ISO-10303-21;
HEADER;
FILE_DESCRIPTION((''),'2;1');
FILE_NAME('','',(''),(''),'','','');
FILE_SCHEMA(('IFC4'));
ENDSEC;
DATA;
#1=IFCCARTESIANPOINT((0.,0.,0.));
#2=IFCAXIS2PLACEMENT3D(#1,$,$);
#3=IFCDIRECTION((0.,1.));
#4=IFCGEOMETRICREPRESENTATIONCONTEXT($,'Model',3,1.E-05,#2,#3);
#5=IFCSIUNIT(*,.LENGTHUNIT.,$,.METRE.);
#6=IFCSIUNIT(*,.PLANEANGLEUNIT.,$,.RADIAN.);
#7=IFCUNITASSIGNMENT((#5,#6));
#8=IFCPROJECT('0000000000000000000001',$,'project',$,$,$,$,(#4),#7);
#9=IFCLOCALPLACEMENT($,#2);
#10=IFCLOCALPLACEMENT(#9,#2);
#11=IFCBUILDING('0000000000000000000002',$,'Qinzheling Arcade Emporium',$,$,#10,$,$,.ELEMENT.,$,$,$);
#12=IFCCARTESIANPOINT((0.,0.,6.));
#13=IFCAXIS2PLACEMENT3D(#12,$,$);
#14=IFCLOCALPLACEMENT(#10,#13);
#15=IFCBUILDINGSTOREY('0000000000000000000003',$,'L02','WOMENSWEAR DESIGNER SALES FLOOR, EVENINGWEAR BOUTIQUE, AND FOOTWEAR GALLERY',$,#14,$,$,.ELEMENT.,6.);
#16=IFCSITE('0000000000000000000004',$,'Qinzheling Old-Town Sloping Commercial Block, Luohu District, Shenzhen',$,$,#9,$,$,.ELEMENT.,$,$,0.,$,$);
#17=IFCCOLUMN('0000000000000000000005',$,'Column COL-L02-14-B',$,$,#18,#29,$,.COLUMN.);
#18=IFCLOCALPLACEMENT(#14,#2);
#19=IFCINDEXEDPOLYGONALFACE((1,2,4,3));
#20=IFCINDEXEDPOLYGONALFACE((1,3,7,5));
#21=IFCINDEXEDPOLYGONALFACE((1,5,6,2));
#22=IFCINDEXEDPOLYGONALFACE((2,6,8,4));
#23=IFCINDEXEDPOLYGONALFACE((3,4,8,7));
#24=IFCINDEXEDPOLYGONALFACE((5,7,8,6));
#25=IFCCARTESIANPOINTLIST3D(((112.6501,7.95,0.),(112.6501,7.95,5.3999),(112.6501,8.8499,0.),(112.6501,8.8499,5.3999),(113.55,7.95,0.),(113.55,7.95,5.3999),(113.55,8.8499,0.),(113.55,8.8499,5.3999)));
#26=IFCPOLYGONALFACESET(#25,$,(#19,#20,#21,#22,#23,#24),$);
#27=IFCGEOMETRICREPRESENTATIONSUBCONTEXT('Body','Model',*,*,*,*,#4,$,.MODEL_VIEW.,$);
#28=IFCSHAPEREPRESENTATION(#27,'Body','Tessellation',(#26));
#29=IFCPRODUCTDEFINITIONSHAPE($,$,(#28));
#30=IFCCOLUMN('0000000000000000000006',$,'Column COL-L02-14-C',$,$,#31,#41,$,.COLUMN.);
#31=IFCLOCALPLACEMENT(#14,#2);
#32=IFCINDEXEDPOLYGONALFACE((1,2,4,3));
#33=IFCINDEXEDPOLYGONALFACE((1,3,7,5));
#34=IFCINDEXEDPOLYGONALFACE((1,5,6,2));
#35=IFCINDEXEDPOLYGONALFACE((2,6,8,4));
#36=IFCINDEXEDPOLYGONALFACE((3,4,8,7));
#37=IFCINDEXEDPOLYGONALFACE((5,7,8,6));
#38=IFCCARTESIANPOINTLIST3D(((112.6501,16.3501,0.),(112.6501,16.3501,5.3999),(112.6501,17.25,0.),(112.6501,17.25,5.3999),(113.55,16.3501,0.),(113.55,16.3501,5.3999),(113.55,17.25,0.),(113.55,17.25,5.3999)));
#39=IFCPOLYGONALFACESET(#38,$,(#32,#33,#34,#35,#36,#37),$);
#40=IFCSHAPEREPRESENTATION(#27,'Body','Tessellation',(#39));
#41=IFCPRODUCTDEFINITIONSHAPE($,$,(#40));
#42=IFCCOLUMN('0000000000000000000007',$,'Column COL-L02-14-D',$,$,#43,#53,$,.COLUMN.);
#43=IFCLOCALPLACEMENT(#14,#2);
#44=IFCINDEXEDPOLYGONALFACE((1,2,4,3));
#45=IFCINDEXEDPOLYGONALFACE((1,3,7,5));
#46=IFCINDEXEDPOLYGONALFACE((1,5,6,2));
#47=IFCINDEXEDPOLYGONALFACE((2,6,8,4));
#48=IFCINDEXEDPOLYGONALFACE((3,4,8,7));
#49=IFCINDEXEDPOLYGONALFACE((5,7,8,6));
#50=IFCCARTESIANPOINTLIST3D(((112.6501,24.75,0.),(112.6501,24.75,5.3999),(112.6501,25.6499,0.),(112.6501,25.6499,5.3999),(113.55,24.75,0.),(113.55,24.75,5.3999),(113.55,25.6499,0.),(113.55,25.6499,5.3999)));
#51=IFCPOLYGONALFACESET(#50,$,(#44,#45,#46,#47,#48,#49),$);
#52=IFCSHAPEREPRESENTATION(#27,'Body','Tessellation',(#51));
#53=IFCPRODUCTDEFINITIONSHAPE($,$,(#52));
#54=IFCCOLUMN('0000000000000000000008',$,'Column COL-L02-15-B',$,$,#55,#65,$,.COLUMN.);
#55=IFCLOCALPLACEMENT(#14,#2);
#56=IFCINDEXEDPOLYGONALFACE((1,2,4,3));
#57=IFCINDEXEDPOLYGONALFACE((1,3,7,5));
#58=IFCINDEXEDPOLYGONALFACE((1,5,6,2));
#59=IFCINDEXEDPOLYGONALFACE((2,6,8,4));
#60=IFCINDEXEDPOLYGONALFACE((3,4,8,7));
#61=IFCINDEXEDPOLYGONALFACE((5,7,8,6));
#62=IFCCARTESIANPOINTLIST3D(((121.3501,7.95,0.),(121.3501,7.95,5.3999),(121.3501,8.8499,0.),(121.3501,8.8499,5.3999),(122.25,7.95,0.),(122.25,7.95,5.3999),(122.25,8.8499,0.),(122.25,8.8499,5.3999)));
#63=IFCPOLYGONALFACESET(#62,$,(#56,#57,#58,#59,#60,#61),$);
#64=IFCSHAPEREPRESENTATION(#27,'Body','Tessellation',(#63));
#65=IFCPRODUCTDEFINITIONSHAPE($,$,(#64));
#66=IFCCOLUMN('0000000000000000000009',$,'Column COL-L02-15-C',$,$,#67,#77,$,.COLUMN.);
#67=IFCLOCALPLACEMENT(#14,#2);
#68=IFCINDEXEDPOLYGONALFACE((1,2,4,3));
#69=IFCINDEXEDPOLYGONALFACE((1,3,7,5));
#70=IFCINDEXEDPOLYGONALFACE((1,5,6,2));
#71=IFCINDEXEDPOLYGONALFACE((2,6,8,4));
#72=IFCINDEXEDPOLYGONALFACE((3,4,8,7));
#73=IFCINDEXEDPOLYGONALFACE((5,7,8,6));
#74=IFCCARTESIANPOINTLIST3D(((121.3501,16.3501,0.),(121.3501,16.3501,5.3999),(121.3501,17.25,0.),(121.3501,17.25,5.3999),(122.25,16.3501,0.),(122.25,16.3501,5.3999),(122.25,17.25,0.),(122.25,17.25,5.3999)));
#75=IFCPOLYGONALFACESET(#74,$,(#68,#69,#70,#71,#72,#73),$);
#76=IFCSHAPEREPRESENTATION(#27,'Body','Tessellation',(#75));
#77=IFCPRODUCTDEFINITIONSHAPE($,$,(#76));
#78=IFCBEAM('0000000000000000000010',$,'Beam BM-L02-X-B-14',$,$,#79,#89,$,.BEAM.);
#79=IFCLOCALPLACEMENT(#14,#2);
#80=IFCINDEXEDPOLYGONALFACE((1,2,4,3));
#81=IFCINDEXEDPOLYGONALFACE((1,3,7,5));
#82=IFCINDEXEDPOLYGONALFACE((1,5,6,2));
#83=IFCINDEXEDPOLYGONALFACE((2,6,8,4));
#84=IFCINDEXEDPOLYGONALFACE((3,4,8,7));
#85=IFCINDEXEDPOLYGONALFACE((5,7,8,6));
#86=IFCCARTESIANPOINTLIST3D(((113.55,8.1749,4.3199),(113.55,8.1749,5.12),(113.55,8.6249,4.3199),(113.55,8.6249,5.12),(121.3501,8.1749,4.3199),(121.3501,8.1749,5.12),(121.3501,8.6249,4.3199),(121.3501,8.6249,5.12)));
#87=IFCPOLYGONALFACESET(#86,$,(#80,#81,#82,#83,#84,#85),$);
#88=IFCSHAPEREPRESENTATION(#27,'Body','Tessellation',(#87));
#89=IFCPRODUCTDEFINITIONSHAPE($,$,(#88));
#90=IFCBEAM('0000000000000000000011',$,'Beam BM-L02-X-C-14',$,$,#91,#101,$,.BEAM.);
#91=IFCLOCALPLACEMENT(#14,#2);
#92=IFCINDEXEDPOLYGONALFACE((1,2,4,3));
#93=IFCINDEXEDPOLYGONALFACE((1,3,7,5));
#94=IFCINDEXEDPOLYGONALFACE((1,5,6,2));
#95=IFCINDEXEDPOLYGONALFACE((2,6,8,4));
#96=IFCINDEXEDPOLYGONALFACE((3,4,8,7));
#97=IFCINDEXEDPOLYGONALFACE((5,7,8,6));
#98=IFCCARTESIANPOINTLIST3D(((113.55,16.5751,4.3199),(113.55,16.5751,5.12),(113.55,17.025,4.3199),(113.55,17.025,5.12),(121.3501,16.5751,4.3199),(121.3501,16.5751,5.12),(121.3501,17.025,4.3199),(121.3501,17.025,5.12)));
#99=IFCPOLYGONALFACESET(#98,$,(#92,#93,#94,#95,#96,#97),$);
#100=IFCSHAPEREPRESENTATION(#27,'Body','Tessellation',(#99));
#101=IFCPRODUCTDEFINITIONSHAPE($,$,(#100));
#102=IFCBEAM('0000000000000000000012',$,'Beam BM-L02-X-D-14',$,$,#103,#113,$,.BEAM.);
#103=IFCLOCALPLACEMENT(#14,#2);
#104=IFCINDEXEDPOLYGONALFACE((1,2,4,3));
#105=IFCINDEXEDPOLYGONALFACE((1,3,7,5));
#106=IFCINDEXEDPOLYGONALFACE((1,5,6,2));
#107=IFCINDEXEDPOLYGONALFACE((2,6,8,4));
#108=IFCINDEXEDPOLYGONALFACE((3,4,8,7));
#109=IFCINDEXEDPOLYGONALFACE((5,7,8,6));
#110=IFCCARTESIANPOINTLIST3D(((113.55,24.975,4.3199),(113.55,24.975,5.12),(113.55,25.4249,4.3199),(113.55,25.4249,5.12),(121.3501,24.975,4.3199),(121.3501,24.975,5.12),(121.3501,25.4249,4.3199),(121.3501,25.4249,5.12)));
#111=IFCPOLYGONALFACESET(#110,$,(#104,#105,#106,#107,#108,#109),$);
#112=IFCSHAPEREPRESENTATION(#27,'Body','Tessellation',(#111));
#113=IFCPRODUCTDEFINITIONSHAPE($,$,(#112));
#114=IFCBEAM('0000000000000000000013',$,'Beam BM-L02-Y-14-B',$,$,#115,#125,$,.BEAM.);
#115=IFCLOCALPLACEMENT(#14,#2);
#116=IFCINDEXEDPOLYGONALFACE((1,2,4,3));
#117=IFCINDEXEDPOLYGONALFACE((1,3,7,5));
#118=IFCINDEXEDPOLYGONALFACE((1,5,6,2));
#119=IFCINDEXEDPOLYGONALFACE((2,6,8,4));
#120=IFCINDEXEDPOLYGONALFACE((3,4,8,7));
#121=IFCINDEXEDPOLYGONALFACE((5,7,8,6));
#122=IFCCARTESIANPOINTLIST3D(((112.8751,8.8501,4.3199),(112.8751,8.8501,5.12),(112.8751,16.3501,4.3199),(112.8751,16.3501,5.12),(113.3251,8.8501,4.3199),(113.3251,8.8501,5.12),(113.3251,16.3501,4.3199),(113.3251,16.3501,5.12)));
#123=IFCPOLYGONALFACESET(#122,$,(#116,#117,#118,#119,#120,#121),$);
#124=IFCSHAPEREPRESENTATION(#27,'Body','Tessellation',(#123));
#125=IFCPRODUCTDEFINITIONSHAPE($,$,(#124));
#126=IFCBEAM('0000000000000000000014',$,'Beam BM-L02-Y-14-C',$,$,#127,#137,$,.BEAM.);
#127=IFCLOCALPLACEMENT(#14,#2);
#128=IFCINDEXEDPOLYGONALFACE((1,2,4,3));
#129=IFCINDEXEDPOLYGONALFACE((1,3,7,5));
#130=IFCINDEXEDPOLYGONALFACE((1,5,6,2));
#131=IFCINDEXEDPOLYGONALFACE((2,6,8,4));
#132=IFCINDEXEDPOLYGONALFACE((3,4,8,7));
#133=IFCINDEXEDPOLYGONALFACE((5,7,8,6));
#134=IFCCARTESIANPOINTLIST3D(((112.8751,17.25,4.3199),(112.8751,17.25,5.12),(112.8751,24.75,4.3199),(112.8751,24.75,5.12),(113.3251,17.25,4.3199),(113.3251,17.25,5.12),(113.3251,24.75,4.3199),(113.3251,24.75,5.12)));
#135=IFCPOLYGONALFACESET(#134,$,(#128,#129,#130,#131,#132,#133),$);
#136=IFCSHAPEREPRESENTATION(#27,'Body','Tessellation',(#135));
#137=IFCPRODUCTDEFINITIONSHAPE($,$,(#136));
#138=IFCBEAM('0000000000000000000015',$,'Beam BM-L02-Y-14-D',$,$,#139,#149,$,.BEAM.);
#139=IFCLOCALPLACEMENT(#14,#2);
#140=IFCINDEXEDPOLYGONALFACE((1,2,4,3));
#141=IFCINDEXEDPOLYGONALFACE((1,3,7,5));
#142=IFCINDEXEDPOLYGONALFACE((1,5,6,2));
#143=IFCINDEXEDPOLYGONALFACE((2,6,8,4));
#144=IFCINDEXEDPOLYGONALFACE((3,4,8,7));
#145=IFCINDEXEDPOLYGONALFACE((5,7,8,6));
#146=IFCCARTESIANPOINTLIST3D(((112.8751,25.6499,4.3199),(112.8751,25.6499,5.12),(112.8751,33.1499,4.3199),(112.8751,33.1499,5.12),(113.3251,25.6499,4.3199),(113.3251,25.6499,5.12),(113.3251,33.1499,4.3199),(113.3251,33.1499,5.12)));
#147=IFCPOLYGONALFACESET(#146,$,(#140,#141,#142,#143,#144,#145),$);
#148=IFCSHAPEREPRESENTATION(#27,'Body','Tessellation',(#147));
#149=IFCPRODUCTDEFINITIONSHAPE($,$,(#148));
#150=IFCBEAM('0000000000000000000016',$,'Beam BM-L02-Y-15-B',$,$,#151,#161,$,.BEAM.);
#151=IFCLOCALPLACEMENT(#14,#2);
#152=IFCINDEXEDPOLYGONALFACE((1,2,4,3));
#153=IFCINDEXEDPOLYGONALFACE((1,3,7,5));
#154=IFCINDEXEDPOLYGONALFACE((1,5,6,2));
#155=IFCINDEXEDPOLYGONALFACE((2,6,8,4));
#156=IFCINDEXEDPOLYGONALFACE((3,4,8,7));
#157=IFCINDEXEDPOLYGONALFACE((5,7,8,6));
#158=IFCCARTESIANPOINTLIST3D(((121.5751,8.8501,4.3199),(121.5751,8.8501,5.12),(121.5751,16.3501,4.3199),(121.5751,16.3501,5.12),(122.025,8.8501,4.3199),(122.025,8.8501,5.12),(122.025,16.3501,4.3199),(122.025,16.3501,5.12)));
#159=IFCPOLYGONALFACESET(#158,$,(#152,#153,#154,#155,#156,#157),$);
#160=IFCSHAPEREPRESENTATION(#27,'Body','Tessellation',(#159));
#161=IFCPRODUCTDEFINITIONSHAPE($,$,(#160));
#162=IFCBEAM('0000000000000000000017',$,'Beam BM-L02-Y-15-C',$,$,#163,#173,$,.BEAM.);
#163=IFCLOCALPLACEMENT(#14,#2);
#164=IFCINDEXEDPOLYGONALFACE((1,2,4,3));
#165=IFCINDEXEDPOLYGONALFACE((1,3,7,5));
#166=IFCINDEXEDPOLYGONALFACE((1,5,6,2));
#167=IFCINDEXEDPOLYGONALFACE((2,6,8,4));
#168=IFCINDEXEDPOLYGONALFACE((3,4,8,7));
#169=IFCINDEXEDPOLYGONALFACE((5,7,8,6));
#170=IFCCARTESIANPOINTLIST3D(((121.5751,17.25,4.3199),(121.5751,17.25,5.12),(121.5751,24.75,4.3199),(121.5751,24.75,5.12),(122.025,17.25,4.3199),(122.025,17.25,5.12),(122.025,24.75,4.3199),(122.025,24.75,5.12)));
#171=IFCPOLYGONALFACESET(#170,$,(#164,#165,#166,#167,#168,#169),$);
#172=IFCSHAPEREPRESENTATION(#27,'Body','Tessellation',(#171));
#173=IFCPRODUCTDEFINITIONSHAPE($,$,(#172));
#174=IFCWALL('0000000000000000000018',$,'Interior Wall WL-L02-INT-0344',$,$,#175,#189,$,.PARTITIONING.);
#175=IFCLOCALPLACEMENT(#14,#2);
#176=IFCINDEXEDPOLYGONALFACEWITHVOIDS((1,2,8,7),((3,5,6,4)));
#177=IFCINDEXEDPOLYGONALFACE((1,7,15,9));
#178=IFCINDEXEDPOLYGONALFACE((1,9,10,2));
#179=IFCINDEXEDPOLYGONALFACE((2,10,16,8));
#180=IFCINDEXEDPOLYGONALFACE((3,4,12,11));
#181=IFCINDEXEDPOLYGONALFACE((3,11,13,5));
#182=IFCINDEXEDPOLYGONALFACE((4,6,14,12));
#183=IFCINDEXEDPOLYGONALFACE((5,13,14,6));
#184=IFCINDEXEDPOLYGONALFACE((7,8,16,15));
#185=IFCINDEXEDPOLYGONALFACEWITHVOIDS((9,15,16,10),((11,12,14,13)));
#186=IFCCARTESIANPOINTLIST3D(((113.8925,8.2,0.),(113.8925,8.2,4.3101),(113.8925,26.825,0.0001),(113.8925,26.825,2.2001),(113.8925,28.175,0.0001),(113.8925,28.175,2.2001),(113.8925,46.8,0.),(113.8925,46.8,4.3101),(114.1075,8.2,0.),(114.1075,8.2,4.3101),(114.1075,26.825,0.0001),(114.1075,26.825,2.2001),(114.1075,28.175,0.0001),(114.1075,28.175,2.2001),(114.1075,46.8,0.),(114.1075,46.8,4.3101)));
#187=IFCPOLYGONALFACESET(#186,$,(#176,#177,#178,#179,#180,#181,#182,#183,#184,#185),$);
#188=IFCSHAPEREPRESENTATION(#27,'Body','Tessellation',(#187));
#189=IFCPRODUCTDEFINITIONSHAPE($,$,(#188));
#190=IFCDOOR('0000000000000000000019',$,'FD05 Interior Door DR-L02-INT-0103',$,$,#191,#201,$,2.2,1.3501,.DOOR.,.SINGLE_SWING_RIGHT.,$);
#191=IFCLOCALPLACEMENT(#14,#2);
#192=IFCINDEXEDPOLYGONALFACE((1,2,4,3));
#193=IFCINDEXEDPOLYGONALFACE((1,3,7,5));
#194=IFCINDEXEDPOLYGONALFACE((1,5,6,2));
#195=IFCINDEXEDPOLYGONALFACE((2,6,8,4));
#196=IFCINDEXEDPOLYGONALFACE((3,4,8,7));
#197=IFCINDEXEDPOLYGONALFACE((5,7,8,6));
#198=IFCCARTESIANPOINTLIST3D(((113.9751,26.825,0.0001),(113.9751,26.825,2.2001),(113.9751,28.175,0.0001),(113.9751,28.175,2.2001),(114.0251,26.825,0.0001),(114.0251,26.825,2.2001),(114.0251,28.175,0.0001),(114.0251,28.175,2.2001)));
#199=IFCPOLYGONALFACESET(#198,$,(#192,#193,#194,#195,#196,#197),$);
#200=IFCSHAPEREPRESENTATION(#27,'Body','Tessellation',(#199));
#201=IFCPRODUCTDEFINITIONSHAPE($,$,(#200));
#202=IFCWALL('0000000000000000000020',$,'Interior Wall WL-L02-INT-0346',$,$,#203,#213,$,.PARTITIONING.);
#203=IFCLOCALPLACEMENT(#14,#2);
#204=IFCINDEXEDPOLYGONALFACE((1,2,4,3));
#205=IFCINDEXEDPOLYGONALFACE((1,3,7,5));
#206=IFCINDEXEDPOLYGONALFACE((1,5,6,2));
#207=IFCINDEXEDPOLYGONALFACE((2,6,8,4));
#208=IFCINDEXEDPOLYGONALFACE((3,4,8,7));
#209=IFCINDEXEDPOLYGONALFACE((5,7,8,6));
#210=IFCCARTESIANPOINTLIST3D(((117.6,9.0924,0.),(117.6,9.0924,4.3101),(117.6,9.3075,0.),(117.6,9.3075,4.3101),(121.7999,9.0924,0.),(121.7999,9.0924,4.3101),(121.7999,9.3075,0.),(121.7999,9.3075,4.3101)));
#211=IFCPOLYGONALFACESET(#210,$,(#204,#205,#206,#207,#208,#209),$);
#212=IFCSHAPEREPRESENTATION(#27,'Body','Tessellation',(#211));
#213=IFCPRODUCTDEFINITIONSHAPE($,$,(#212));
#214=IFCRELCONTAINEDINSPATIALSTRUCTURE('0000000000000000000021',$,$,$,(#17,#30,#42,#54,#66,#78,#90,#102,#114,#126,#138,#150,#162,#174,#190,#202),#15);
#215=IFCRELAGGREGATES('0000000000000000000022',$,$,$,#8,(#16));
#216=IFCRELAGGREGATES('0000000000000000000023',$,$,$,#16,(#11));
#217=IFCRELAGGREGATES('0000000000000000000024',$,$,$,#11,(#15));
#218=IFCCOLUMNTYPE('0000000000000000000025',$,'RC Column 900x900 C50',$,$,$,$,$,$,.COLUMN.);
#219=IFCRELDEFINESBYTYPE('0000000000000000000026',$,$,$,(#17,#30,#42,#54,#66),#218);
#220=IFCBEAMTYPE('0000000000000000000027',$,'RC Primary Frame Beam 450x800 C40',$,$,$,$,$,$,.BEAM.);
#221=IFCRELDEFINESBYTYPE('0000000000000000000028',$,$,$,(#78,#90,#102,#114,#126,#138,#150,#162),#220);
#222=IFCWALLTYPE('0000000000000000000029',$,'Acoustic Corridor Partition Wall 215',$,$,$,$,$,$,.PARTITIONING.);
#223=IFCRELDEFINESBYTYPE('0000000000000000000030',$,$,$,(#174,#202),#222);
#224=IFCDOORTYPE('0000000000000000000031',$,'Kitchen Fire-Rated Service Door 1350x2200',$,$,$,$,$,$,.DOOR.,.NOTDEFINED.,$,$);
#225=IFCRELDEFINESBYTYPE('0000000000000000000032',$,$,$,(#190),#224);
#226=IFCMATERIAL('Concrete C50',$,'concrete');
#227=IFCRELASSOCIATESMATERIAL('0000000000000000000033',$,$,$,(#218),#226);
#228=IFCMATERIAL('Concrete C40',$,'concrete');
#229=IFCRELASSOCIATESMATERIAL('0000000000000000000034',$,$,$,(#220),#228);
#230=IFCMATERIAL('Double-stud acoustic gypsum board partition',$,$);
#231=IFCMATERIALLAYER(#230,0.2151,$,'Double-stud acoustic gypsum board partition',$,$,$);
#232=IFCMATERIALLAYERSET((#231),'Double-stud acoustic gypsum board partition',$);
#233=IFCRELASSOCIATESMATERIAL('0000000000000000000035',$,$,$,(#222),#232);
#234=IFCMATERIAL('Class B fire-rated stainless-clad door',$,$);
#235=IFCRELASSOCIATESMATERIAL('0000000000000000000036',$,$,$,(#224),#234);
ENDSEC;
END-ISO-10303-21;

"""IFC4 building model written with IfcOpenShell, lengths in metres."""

from ifc_helpers import new_model, si_unit, direction, frame, frame_2d, origin, origin_2d, place, context, subcontext, project, spatial, rectangle, extrude, material, layer, layer_set, material_profile, profile_set, type_object, element, fill, save


model = new_model("IFC4")

# Units and contexts
model_context = context("Model", 3, precision=1e-05, world=origin(), true_north=direction((0.0, 1.0)))
body_context = subcontext(model_context, "Body", "Model", "MODEL_VIEW")
ifc_project = project(units=[si_unit("LENGTHUNIT", "METRE"), si_unit("PLANEANGLEUNIT", "RADIAN")], contexts=[model_context])

# Site, building, storey
site_placement = place(None, origin())
site = spatial("IfcSite", under=ifc_project, at=site_placement, Name="Qinzheling Old-Town Sloping Commercial Block, Luohu District, Shenzhen", CompositionType="ELEMENT", RefElevation=0.0)
building_placement = place(site_placement, origin())
building = spatial("IfcBuilding", under=site, at=building_placement, Name="Qinzheling Arcade Emporium", CompositionType="ELEMENT")
storey_placement = place(building_placement, frame((0.0, 0.0, 6.0)))
storey = spatial("IfcBuildingStorey", under=building, at=storey_placement, Name="L02", Description="WOMENSWEAR DESIGNER SALES FLOOR, EVENINGWEAR BOUTIQUE, AND FOOTWEAR GALLERY", CompositionType="ELEMENT", Elevation=6.0)

# Columns
ifc_material_1 = material(Name="Concrete C50", Category="concrete")
ifc_material_profile_1 = material_profile(ifc_material_1, rectangle(XDim=0.8999, YDim=0.8999, at=origin_2d()), Name="RC 900x900", Category="concrete")
ifc_profile_set_1 = profile_set([ifc_material_profile_1], Name="Concrete C50")
column_type = type_object("IfcColumnType", Name="RC Column 900x900 C50", PredefinedType="COLUMN", material=ifc_profile_set_1)
for number, where, z_axis, x_axis, name in (
    (1, (113.1001, 8.3999, 0.0), (0.0, 0.0, 1.0), (1.0, 0.0, 0.0), "Column COL-L02-14-B"),
    (2, (113.1001, 16.8, 0.0), (0.0, 0.0, 1.0), (1.0, 0.0, 0.0), "Column COL-L02-14-C"),
    (3, (113.1001, 25.2, 0.0), (0.0, 0.0, 1.0), (1.0, 0.0, 0.0), "Column COL-L02-14-D"),
    (4, (121.8, 8.3999, 0.0), (0.0, 0.0, 1.0), (1.0, 0.0, 0.0), "Column COL-L02-15-B"),
    (5, (121.8, 16.8, 0.0), (0.0, 0.0, 1.0), (1.0, 0.0, 0.0), "Column COL-L02-15-C"),
):
    element("IfcColumn", number, at=place(storey_placement, frame(where, z_axis=z_axis, x_axis=x_axis)), inside=storey, type_object=column_type, Name=name, PredefinedType="COLUMN", context=body_context, shape_type="SweptSolid", body=[
        extrude(rectangle(XDim=0.8999, YDim=0.8999, at=origin_2d()), origin(), (0.0, 0.0, 1.0), 5.3999),
    ])

# Beams
ifc_material_2 = material(Name="Concrete C40", Category="concrete")
ifc_material_profile_2 = material_profile(ifc_material_2, rectangle(XDim=0.45, YDim=0.8, at=origin_2d()), Name="RC 450x800", Category="concrete")
ifc_profile_set_2 = profile_set([ifc_material_profile_2], Name="Concrete C40")
beam_type = type_object("IfcBeamType", Name="RC Primary Frame Beam 450x800 C40", PredefinedType="BEAM", material=ifc_profile_set_2)
for number, where, z_axis, x_axis, name in (
    (6, (113.55, 8.3999, 4.72), (1.0, 0.0, 0.0), (0.0, 1.0, 0.0), "Beam BM-L02-X-B-14"),
    (7, (113.55, 16.8, 4.72), (1.0, 0.0, 0.0), (0.0, 1.0, 0.0), "Beam BM-L02-X-C-14"),
    (8, (113.55, 25.2, 4.72), (1.0, 0.0, 0.0), (0.0, 1.0, 0.0), "Beam BM-L02-X-D-14"),
):
    element("IfcBeam", number, at=place(storey_placement, frame(where, z_axis=z_axis, x_axis=x_axis)), inside=storey, type_object=beam_type, Name=name, PredefinedType="BEAM", context=body_context, shape_type="SweptSolid", body=[
        extrude(rectangle(XDim=0.45, YDim=0.8, at=origin_2d()), origin(), (0.0, 0.0, 1.0), 7.8),
    ])
for number, where, z_axis, x_axis, name in (
    (9, (113.1001, 8.8501, 4.72), (0.0, 1.0, 0.0), (-1.0, 0.0, 0.0), "Beam BM-L02-Y-14-B"),
    (10, (113.1001, 17.25, 4.72), (0.0, 1.0, 0.0), (-1.0, 0.0, 0.0), "Beam BM-L02-Y-14-C"),
    (11, (113.1001, 25.6499, 4.72), (0.0, 1.0, 0.0), (-1.0, 0.0, 0.0), "Beam BM-L02-Y-14-D"),
    (12, (121.8, 8.8501, 4.72), (0.0, 1.0, 0.0), (-1.0, 0.0, 0.0), "Beam BM-L02-Y-15-B"),
    (13, (121.8, 17.25, 4.72), (0.0, 1.0, 0.0), (-1.0, 0.0, 0.0), "Beam BM-L02-Y-15-C"),
):
    element("IfcBeam", number, at=place(storey_placement, frame(where, z_axis=z_axis, x_axis=x_axis)), inside=storey, type_object=beam_type, Name=name, PredefinedType="BEAM", context=body_context, shape_type="SweptSolid", body=[
        extrude(rectangle(XDim=0.45, YDim=0.8, at=origin_2d()), origin(), (0.0, 0.0, 1.0), 7.5),
    ])

# Wall, opening, door
ifc_material_3 = material(Name="Double-stud acoustic gypsum board partition")
ifc_layer_1 = layer(ifc_material_3, 0.2151, Name="Double-stud acoustic gypsum board partition")
ifc_layer_set_1 = layer_set([ifc_layer_1], Name="Double-stud acoustic gypsum board partition")
wall_type_1 = type_object("IfcWallType", Name="Acoustic Corridor Partition Wall 215", PredefinedType="PARTITIONING", material=ifc_layer_set_1)
wall_1_placement = place(storey_placement, frame((114.0, 8.2, 0.0), z_axis=(0.0, 0.0, 1.0), x_axis=(0.0, 1.0, 0.0)))
wall_1 = element("IfcWall", 14, at=wall_1_placement, inside=storey, type_object=wall_type_1, Name="Interior Wall WL-L02-INT-0344", PredefinedType="PARTITIONING", context=body_context, shape_type="SweptSolid", body=[
    extrude(rectangle(XDim=38.6001, YDim=0.2151, at=frame_2d((19.3, 0.0))), origin(), (0.0, 0.0, 1.0), 4.3101),
])
opening_1_placement = place(wall_1_placement, frame((18.625, 0.0, 0.0)))
opening_1 = element("IfcOpeningElement", 15, at=opening_1_placement, cuts=wall_1, PredefinedType="OPENING", context=body_context, shape_type="SweptSolid", body=[
    extrude(rectangle(XDim=1.3501, YDim=2.2, at=frame_2d((0.675, 1.1001))), frame((0.0, 0.1177, 0.0), z_axis=(0.0, -1.0, 0.0), x_axis=(1.0, 0.0, 0.0)), (0.0, 0.0, 1.0), 0.2351),
])
ifc_material_4 = material(Name="Class B fire-rated stainless-clad door")
door_type = type_object("IfcDoorType", Name="Kitchen Fire-Rated Service Door 1350x2200", OperationType="NOTDEFINED", PredefinedType="DOOR", material=ifc_material_4)
door_1_placement = place(opening_1_placement, origin())
door_1 = element("IfcDoor", 16, at=door_1_placement, inside=storey, type_object=door_type, Name="FD05 Interior Door DR-L02-INT-0103", OperationType="SINGLE_SWING_RIGHT", OverallHeight=2.2, OverallWidth=1.3501, PredefinedType="DOOR", context=body_context, shape_type="SweptSolid", body=[
    extrude(rectangle(XDim=1.3501, YDim=2.2, at=frame_2d((0.675, 1.1001))), frame((0.0, 0.0249, 0.0), z_axis=(0.0, -1.0, 0.0), x_axis=(1.0, 0.0, 0.0)), (0.0, 0.0, 1.0), 0.05),
])
fill(opening_1, door_1)

# Wall
wall_2_placement = place(storey_placement, frame((121.8, 9.2, 0.0), z_axis=(0.0, 0.0, 1.0), x_axis=(-1.0, 0.0, 0.0)))
element("IfcWall", 17, at=wall_2_placement, inside=storey, type_object=wall_type_1, Name="Interior Wall WL-L02-INT-0346", PredefinedType="PARTITIONING", context=body_context, shape_type="SweptSolid", body=[
    extrude(rectangle(XDim=4.2, YDim=0.2151, at=frame_2d((2.1001, 0.0))), origin(), (0.0, 0.0, 1.0), 4.3101),
])

save(model, "model.ifc")
